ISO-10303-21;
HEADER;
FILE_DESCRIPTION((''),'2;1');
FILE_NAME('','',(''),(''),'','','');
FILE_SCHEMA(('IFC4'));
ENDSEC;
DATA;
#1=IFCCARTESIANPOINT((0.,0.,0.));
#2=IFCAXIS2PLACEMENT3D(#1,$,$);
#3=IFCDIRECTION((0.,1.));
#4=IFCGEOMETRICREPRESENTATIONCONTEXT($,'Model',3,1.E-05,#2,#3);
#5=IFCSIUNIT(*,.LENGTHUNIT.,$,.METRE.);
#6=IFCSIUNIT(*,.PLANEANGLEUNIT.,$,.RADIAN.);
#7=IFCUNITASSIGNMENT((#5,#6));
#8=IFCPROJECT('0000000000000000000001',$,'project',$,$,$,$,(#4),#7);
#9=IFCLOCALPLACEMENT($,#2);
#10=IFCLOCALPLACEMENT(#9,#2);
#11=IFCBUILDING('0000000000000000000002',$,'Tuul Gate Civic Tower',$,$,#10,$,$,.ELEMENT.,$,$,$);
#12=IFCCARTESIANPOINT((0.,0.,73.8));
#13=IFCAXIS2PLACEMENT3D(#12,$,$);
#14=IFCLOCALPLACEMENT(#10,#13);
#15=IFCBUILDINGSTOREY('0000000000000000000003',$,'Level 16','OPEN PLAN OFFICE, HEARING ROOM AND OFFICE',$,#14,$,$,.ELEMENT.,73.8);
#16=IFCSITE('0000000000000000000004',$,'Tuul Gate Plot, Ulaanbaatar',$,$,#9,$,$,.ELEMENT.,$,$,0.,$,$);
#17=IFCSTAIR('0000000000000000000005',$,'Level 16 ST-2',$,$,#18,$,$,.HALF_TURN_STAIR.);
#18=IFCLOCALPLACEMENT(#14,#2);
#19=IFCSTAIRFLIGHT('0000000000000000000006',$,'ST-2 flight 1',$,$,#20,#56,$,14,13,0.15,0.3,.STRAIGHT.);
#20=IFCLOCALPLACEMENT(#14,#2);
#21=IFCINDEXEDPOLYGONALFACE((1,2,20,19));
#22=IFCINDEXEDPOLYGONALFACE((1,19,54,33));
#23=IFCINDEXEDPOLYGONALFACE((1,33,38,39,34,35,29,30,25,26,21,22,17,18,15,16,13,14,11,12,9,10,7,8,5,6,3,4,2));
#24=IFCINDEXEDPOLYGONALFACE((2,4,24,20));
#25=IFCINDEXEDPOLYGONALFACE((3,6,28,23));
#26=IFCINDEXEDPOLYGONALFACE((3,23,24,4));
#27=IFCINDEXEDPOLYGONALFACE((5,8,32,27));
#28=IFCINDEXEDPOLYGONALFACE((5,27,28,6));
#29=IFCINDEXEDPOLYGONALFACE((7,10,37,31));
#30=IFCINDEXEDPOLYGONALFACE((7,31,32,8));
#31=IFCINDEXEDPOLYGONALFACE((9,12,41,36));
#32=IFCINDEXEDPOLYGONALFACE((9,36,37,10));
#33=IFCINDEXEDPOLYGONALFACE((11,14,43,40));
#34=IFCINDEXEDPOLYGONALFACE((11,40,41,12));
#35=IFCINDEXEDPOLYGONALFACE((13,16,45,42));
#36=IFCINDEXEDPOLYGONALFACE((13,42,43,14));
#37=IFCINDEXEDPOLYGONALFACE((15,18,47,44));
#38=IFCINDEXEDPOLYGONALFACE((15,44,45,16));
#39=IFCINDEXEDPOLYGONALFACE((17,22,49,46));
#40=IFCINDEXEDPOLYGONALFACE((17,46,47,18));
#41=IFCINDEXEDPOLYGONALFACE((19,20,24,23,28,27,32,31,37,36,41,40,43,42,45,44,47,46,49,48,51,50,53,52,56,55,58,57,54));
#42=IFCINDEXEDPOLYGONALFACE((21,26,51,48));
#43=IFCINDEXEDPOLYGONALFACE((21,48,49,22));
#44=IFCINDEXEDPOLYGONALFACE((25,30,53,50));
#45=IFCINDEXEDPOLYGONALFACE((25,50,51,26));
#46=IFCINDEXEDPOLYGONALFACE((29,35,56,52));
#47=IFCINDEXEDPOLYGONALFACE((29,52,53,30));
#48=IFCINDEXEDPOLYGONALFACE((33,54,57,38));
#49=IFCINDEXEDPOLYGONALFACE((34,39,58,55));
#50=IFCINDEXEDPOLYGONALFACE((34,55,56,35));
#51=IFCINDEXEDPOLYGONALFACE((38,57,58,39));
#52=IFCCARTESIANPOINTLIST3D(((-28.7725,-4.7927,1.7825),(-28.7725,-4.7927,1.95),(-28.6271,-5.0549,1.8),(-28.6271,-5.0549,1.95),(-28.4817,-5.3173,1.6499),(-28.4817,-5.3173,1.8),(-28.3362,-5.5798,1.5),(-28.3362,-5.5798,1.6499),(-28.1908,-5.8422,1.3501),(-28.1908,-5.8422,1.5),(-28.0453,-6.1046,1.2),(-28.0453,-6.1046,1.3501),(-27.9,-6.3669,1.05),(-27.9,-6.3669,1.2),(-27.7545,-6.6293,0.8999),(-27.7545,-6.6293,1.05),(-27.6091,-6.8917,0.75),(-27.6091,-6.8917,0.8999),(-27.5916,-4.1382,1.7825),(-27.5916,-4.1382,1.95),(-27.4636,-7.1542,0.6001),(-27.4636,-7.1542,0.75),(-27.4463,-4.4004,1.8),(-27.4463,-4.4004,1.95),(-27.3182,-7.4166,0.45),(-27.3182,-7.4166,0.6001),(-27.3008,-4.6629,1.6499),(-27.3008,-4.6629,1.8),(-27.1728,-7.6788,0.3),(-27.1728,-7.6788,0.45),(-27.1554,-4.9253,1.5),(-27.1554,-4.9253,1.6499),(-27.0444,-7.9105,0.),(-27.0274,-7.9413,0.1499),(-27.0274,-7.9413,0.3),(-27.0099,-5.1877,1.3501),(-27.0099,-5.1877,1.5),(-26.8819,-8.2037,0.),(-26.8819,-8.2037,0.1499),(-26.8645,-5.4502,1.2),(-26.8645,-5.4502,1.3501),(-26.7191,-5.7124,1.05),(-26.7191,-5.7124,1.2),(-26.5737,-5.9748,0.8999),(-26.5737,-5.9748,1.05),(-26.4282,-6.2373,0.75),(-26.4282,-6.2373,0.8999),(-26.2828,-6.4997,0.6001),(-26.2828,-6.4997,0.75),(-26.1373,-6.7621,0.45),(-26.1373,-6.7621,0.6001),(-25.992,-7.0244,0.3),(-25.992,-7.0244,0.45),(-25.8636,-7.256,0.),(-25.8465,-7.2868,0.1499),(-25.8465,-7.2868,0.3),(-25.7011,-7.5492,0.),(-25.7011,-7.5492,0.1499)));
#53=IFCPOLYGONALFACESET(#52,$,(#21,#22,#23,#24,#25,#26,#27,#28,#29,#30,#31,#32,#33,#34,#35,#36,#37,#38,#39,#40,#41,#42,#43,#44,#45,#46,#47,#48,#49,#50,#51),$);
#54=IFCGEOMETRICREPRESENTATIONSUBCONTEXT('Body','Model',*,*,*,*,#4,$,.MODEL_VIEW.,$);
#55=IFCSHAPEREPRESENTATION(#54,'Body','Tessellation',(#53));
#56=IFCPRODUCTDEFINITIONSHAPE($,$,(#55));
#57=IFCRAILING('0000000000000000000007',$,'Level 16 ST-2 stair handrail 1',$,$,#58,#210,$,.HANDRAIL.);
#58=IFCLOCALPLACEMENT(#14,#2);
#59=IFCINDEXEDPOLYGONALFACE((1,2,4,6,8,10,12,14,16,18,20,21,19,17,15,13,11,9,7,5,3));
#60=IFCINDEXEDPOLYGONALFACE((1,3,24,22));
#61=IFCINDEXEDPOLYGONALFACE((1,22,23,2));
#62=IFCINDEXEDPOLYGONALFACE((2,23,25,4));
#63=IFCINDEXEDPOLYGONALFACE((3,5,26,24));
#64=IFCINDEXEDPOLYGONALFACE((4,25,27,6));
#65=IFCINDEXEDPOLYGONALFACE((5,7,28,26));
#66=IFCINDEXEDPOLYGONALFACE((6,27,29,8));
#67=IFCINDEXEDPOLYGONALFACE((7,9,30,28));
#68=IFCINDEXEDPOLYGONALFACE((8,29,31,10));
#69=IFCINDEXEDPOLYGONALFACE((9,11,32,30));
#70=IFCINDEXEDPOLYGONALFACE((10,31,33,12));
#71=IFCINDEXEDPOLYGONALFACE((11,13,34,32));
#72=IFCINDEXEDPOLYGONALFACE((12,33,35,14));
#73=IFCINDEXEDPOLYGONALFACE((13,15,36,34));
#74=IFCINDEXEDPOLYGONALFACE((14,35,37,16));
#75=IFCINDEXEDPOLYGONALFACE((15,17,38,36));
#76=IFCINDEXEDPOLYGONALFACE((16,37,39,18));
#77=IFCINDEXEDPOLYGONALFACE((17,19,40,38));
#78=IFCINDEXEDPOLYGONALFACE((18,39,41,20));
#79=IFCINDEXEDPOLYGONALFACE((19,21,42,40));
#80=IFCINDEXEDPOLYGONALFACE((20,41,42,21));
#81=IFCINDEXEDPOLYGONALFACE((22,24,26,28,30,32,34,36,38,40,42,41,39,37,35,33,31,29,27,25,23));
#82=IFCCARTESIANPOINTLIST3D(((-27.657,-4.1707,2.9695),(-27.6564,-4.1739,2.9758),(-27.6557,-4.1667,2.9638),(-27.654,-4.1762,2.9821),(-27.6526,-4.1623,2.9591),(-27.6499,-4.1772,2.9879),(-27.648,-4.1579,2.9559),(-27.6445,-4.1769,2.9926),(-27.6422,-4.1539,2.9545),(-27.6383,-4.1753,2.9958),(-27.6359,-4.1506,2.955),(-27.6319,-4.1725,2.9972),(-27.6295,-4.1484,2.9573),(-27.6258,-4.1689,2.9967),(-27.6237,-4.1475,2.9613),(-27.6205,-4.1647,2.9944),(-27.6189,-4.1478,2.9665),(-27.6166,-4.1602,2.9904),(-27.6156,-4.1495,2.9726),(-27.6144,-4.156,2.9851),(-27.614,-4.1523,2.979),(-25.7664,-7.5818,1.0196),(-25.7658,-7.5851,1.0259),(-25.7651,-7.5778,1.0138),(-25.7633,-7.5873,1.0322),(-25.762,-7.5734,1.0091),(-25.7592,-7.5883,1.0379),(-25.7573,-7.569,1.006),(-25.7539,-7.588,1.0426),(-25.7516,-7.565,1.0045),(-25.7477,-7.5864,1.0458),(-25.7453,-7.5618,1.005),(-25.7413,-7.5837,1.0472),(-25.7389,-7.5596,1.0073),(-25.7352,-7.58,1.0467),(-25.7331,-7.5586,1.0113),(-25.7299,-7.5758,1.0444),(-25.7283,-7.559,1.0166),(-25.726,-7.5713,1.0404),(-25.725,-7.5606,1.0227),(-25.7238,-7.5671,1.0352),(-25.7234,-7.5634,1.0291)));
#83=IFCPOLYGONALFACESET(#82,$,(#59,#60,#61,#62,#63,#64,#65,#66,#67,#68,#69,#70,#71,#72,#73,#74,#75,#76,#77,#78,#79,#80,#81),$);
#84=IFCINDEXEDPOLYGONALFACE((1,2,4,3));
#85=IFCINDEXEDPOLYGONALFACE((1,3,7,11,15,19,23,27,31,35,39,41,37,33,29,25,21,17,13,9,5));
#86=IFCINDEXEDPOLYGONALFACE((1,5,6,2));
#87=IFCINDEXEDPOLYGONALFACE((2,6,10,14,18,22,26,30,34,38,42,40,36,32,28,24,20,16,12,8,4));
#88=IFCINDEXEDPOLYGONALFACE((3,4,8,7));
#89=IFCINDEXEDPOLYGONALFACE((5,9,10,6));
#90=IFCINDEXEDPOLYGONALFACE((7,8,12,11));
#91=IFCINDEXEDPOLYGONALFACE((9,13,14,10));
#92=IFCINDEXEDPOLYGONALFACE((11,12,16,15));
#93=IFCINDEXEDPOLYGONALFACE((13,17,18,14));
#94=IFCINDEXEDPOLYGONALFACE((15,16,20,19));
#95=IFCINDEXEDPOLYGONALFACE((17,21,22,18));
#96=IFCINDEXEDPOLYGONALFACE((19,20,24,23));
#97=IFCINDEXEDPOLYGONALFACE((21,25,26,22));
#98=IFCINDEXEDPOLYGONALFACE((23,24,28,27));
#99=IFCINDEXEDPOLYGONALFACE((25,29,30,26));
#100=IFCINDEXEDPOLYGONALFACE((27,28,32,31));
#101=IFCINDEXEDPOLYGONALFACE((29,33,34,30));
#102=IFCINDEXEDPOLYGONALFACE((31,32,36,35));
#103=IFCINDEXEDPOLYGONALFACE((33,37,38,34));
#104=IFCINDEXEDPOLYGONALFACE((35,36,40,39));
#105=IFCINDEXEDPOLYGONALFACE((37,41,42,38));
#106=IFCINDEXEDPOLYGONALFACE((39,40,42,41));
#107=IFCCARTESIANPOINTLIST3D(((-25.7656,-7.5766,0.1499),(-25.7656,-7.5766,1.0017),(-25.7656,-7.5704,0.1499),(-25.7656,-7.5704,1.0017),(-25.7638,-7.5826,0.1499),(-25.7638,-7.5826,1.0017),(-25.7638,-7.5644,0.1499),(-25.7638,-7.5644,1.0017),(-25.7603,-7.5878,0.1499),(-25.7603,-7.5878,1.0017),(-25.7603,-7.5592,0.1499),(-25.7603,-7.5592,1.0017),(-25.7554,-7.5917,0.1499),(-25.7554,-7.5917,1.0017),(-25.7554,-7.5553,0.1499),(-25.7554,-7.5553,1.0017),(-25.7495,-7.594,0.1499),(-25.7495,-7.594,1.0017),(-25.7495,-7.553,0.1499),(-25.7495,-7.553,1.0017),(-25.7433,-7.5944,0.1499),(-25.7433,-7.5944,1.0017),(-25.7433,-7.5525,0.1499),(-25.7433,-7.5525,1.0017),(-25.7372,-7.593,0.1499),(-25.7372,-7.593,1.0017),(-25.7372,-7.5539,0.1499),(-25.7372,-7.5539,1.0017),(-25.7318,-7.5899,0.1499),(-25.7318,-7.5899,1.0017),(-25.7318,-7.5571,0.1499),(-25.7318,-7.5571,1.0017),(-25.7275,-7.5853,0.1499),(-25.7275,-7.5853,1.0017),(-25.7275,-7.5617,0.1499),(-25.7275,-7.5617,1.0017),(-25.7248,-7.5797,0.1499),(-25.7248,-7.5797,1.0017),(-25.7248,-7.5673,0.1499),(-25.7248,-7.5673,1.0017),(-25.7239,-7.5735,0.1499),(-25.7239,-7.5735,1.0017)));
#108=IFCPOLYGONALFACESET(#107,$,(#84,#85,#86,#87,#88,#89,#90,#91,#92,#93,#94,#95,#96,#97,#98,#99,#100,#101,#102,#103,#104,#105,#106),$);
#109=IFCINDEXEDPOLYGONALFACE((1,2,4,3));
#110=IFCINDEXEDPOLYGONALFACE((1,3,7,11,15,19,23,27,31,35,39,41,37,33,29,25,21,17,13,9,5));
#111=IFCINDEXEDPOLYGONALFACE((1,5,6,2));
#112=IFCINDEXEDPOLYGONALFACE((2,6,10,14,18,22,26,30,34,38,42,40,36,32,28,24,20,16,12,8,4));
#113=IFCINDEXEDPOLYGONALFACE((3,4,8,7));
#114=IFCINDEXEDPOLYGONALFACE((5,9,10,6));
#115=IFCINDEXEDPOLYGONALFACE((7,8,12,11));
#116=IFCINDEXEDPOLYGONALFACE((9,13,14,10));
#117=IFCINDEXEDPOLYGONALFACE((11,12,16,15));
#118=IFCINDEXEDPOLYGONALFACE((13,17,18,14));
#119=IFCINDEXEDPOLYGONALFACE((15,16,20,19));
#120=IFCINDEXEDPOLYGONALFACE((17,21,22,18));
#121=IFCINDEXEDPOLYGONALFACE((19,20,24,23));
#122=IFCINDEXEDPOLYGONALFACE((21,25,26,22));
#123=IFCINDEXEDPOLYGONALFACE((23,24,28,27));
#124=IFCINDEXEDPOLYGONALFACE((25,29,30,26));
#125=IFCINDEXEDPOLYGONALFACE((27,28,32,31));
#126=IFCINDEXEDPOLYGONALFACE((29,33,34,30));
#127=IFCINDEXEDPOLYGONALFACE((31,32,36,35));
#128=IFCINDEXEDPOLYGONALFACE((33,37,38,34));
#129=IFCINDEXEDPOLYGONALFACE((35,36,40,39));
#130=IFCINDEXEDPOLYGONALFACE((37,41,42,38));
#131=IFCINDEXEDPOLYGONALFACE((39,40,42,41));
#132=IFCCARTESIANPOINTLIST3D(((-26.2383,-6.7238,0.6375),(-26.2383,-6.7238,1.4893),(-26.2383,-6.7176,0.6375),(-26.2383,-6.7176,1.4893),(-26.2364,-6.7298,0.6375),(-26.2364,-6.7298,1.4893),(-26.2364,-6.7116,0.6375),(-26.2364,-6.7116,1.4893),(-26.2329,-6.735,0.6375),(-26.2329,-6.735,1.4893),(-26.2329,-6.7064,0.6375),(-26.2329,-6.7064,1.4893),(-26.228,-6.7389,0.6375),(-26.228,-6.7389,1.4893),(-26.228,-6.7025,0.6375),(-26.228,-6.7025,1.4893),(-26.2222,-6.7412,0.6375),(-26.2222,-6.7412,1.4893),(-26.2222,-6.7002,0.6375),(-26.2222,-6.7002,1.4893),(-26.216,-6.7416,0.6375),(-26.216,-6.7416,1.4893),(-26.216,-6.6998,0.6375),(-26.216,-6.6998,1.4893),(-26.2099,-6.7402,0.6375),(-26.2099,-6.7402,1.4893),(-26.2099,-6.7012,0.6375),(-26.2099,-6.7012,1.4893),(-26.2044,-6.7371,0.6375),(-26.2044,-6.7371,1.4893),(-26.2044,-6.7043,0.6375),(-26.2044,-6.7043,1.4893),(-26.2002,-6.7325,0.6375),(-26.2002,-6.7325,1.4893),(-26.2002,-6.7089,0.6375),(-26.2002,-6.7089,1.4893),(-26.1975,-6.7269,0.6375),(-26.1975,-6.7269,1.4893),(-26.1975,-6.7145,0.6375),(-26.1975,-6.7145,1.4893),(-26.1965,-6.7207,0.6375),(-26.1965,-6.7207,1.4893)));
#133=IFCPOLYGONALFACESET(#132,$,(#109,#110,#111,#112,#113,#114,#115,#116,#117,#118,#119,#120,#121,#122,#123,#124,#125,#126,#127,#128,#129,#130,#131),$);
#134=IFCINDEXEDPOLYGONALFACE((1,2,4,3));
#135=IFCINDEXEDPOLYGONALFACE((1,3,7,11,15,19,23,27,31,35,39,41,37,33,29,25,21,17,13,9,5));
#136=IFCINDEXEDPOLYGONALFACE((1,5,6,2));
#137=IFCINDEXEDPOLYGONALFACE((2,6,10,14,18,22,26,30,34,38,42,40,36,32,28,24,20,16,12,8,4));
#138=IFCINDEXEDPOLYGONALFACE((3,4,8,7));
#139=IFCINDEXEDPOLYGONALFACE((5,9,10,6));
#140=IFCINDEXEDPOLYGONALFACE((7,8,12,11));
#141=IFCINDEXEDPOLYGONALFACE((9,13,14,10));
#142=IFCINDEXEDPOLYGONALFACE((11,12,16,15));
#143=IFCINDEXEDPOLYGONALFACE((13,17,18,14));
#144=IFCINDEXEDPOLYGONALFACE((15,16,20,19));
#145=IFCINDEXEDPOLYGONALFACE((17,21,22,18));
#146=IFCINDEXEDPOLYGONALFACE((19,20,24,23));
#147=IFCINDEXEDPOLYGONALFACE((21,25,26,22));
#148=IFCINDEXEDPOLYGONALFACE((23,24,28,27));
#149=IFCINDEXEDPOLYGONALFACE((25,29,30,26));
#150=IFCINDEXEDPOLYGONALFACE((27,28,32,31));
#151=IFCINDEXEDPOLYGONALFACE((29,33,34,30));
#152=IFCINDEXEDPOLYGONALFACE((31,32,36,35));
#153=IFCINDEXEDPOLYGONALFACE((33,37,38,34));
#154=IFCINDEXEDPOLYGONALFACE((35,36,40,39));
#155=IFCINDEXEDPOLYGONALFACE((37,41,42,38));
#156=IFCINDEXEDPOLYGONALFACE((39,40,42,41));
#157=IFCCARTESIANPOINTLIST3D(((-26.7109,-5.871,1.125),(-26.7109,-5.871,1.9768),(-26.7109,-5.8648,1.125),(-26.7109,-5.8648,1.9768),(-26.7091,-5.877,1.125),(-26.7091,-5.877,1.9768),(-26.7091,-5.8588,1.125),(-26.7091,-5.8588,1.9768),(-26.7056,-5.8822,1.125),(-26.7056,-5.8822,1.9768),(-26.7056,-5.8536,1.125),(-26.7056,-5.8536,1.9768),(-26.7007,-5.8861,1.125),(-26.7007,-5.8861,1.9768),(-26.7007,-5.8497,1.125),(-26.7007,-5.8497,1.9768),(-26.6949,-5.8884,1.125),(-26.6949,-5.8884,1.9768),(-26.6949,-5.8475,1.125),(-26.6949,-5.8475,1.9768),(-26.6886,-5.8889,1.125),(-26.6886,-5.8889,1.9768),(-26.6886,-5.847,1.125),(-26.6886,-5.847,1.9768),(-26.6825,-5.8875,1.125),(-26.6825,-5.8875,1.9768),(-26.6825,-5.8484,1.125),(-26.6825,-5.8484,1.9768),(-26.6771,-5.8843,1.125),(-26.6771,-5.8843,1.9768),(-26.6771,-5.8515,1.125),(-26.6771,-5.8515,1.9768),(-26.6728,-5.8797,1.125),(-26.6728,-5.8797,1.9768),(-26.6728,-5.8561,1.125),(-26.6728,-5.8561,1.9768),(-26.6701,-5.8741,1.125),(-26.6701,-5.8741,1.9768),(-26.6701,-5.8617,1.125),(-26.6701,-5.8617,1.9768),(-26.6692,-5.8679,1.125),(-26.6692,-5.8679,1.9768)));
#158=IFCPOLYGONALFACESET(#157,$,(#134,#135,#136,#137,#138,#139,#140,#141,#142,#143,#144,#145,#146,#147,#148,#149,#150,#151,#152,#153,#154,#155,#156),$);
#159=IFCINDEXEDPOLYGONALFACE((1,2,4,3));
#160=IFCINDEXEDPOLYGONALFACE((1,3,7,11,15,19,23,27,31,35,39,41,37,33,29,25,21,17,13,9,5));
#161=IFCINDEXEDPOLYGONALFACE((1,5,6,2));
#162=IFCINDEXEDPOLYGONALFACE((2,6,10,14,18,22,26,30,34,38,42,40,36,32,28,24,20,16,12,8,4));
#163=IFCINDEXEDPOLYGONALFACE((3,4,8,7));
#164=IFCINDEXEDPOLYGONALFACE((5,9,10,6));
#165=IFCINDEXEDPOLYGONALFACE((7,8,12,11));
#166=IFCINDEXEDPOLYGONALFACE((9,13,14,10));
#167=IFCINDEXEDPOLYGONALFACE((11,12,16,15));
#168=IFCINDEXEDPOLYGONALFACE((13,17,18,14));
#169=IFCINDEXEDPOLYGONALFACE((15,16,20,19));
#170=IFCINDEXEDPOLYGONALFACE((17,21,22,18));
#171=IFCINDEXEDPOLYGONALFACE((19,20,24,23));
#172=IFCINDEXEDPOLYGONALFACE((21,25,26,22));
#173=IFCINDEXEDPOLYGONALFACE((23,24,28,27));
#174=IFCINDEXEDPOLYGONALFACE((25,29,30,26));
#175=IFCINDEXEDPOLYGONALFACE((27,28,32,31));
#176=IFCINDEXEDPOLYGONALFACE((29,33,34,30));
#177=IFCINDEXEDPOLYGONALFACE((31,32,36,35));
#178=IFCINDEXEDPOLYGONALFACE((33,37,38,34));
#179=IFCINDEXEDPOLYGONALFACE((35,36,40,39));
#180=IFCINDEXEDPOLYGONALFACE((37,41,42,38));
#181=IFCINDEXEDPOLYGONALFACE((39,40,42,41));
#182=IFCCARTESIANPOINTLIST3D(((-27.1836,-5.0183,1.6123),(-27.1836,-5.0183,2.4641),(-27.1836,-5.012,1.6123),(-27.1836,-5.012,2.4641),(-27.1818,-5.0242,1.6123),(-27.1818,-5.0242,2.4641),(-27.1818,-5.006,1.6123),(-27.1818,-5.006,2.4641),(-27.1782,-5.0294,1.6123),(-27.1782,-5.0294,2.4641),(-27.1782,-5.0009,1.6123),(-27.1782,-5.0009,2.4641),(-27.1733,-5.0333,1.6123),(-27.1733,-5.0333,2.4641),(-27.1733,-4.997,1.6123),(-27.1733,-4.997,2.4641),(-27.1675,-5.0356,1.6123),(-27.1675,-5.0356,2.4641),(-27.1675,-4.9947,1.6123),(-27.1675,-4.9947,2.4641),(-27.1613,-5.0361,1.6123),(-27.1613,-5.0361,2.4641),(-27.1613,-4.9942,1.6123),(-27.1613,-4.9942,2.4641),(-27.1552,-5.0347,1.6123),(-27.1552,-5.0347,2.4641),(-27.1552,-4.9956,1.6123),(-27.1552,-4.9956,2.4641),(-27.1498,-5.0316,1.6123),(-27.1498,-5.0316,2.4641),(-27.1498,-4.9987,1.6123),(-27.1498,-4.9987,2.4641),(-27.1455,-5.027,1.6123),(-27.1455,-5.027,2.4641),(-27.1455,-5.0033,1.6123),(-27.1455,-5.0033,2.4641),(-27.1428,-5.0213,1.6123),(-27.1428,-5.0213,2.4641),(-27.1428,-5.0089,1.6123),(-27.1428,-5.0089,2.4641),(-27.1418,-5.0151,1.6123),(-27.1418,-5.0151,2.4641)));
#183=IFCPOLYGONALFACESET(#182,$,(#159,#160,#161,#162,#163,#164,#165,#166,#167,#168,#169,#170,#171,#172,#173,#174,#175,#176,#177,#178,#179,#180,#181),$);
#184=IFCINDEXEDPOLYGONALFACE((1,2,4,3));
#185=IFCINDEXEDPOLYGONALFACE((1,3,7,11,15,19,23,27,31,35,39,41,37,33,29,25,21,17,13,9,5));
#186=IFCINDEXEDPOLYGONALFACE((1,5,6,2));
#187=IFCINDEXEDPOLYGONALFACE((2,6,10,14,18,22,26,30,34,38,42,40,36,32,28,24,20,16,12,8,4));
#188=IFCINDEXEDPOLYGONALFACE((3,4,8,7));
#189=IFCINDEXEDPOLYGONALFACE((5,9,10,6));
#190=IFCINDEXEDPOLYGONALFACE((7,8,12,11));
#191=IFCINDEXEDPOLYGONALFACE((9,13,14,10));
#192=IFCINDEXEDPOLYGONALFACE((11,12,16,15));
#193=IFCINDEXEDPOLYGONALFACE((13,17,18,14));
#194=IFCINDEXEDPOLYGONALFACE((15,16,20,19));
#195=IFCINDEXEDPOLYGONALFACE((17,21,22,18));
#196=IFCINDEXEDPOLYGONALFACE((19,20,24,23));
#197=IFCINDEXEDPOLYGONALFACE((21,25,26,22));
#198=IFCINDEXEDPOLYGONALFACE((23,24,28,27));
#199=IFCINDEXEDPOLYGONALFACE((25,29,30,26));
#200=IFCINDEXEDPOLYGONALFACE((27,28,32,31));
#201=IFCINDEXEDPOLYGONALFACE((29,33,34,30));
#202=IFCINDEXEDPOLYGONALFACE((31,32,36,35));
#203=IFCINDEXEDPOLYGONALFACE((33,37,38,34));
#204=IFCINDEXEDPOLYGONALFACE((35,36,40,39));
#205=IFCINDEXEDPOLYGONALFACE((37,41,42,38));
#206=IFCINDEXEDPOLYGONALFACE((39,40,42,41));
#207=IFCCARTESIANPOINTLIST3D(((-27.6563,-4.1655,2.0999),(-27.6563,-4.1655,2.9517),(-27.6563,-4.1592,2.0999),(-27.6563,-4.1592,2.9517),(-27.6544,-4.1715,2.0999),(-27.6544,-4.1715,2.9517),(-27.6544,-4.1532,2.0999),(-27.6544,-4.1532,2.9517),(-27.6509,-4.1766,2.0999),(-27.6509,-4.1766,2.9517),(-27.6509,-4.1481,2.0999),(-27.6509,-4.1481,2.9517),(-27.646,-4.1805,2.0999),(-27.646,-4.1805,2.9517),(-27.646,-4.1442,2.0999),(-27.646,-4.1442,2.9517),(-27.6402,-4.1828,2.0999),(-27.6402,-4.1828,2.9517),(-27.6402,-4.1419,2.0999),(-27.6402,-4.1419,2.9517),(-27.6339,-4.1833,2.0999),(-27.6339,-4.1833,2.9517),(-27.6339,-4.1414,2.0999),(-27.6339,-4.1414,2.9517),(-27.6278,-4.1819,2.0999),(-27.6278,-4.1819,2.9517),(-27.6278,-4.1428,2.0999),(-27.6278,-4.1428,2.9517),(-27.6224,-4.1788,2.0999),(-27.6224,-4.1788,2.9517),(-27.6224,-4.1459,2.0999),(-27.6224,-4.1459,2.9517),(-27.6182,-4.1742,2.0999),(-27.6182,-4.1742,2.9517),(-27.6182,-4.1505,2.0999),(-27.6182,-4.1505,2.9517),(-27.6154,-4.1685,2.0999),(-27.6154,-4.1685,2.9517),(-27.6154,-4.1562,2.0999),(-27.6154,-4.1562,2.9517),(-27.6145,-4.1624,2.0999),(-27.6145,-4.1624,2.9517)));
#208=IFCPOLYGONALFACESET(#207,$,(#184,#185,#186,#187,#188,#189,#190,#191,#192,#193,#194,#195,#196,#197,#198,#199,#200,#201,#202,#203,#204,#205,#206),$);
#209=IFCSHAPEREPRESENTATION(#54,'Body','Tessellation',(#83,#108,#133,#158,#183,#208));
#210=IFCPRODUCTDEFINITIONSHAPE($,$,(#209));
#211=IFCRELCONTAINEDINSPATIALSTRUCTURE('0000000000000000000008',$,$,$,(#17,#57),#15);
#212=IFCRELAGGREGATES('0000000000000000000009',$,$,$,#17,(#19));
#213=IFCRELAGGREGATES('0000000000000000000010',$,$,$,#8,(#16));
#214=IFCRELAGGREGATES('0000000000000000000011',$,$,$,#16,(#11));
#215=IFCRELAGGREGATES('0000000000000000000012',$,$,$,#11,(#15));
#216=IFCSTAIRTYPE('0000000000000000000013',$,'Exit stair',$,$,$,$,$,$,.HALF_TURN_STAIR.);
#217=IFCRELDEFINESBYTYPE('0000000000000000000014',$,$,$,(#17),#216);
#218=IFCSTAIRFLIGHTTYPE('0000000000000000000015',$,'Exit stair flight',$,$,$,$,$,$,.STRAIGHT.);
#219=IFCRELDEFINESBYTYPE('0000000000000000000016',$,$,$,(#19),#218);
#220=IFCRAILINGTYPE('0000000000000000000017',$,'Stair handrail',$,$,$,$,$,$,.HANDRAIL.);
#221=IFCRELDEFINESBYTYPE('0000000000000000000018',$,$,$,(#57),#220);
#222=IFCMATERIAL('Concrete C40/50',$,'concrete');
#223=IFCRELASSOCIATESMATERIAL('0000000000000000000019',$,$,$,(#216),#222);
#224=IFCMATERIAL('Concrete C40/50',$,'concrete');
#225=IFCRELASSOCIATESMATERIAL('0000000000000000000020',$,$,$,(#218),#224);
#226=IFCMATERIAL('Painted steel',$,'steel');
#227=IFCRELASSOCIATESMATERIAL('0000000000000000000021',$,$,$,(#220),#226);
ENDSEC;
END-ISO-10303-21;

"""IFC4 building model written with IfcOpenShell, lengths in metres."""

from ifc_helpers import new_model, si_unit, direction, frame, origin, origin_2d, place, context, subcontext, project, spatial, polyline, circle, outline, extrude, material, type_object, element, aggregate, save


model = new_model("IFC4")

# Units and contexts
model_context = context("Model", 3, precision=1e-05, world=origin(), true_north=direction((0.0, 1.0)))
body_context = subcontext(model_context, "Body", "Model", "MODEL_VIEW")
ifc_project = project(units=[si_unit("LENGTHUNIT", "METRE"), si_unit("PLANEANGLEUNIT", "RADIAN")], contexts=[model_context])

# Site, building, storey
site_placement = place(None, origin())
site = spatial("IfcSite", under=ifc_project, at=site_placement, Name="Tuul Gate Plot, Ulaanbaatar", CompositionType="ELEMENT", RefElevation=0.0)
building_placement = place(site_placement, origin())
building = spatial("IfcBuilding", under=site, at=building_placement, Name="Tuul Gate Civic Tower", CompositionType="ELEMENT")
storey_placement = place(building_placement, frame((0.0, 0.0, 73.8)))
storey = spatial("IfcBuildingStorey", under=building, at=storey_placement, Name="Level 16", Description="OPEN PLAN OFFICE, HEARING ROOM AND OFFICE", CompositionType="ELEMENT", Elevation=73.8)

# Stair, stair flight
ifc_material_1 = material(Name="Concrete C40/50", Category="concrete")
stair_type = type_object("IfcStairType", Name="Exit stair", PredefinedType="HALF_TURN_STAIR", material=ifc_material_1)
stair_placement = place(storey_placement, origin())
stair = element("IfcStair", 1, at=stair_placement, inside=storey, type_object=stair_type, Name="Level 16 ST-2", PredefinedType="HALF_TURN_STAIR")
ifc_material_2 = material(Name="Concrete C40/50", Category="concrete")
stair_flight_type = type_object("IfcStairFlightType", Name="Exit stair flight", PredefinedType="STRAIGHT", material=ifc_material_2)
stair_flight_placement = place(storey_placement, frame((-26.2915, -7.8765, 0.0), z_axis=(0.0, 0.0, 1.0), x_axis=(-0.484762, 0.874646, 0.0)))
stair_flight = element("IfcStairFlight", 2, at=stair_flight_placement, type_object=stair_flight_type, Name="ST-2 flight 1", NumberOfRisers=14, NumberOfTreads=13, PredefinedType="STRAIGHT", RiserHeight=0.15, TreadLength=0.3, context=body_context, shape_type="SweptSolid", body=[
    extrude(outline(polyline([(0.0, 0.0), (0.0, 0.1499), (0.3, 0.1499), (0.3, 0.3), (0.6001, 0.3), (0.6001, 0.45), (0.8999, 0.45), (0.8999, 0.6001), (1.2, 0.6001), (1.2, 0.75), (1.5, 0.75), (1.5, 0.8999), (1.8, 0.8999), (1.8, 1.05), (2.1001, 1.05), (2.1001, 1.2), (2.3999, 1.2), (2.3999, 1.3501), (2.7, 1.3501), (2.7, 1.5), (3.0, 1.5), (3.0, 1.6499), (3.3, 1.6499), (3.3, 1.8), (3.6001, 1.8), (3.6001, 1.95), (3.8999, 1.95), (3.8999, 2.1001), (3.8999, 1.7825), (0.3352, 0.0), (0.0, 0.0)])), frame((0.0, 0.675, 0.0), z_axis=(0.0, -1.0, 0.0), x_axis=(1.0, 0.0, 0.0)), (0.0, 0.0, 1.0), 1.3501),
])
aggregate(stair, [stair_flight])

# Railing
ifc_material_3 = material(Name="Painted steel", Category="steel")
railing_type = type_object("IfcRailingType", Name="Stair handrail", PredefinedType="HANDRAIL", material=ifc_material_3)
railing_placement = place(storey_placement, frame((-25.7449, -7.5735, 0.1499)))
element("IfcRailing", 3, at=railing_placement, inside=storey, type_object=railing_type, Name="Level 16 ST-2 stair handrail 1", PredefinedType="HANDRAIL", context=body_context, shape_type="SweptSolid", body=[
    extrude(circle(Radius=0.0239, at=origin_2d()), frame((0.0, 0.0, 0.876), z_axis=(-0.433595, 0.782308, 0.447201), x_axis=(-0.874641, -0.484771, 0.0)), (0.0, 0.0, 1.0), 4.3604),
    extrude(circle(Radius=0.021, at=origin_2d()), origin(), (0.0, 0.0, 1.0), 0.8518),
    extrude(circle(Radius=0.021, at=origin_2d()), frame((-0.4727, 0.8528, 0.4875)), (0.0, 0.0, 1.0), 0.8518),
    extrude(circle(Radius=0.021, at=origin_2d()), frame((-0.9453, 1.7056, 0.9751)), (0.0, 0.0, 1.0), 0.8518),
    extrude(circle(Radius=0.021, at=origin_2d()), frame((-1.418, 2.5583, 1.4624)), (0.0, 0.0, 1.0), 0.8518),
    extrude(circle(Radius=0.021, at=origin_2d()), frame((-1.8906, 3.4111, 1.95)), (0.0, 0.0, 1.0), 0.8518),
])

save(model, "model.ifc")
